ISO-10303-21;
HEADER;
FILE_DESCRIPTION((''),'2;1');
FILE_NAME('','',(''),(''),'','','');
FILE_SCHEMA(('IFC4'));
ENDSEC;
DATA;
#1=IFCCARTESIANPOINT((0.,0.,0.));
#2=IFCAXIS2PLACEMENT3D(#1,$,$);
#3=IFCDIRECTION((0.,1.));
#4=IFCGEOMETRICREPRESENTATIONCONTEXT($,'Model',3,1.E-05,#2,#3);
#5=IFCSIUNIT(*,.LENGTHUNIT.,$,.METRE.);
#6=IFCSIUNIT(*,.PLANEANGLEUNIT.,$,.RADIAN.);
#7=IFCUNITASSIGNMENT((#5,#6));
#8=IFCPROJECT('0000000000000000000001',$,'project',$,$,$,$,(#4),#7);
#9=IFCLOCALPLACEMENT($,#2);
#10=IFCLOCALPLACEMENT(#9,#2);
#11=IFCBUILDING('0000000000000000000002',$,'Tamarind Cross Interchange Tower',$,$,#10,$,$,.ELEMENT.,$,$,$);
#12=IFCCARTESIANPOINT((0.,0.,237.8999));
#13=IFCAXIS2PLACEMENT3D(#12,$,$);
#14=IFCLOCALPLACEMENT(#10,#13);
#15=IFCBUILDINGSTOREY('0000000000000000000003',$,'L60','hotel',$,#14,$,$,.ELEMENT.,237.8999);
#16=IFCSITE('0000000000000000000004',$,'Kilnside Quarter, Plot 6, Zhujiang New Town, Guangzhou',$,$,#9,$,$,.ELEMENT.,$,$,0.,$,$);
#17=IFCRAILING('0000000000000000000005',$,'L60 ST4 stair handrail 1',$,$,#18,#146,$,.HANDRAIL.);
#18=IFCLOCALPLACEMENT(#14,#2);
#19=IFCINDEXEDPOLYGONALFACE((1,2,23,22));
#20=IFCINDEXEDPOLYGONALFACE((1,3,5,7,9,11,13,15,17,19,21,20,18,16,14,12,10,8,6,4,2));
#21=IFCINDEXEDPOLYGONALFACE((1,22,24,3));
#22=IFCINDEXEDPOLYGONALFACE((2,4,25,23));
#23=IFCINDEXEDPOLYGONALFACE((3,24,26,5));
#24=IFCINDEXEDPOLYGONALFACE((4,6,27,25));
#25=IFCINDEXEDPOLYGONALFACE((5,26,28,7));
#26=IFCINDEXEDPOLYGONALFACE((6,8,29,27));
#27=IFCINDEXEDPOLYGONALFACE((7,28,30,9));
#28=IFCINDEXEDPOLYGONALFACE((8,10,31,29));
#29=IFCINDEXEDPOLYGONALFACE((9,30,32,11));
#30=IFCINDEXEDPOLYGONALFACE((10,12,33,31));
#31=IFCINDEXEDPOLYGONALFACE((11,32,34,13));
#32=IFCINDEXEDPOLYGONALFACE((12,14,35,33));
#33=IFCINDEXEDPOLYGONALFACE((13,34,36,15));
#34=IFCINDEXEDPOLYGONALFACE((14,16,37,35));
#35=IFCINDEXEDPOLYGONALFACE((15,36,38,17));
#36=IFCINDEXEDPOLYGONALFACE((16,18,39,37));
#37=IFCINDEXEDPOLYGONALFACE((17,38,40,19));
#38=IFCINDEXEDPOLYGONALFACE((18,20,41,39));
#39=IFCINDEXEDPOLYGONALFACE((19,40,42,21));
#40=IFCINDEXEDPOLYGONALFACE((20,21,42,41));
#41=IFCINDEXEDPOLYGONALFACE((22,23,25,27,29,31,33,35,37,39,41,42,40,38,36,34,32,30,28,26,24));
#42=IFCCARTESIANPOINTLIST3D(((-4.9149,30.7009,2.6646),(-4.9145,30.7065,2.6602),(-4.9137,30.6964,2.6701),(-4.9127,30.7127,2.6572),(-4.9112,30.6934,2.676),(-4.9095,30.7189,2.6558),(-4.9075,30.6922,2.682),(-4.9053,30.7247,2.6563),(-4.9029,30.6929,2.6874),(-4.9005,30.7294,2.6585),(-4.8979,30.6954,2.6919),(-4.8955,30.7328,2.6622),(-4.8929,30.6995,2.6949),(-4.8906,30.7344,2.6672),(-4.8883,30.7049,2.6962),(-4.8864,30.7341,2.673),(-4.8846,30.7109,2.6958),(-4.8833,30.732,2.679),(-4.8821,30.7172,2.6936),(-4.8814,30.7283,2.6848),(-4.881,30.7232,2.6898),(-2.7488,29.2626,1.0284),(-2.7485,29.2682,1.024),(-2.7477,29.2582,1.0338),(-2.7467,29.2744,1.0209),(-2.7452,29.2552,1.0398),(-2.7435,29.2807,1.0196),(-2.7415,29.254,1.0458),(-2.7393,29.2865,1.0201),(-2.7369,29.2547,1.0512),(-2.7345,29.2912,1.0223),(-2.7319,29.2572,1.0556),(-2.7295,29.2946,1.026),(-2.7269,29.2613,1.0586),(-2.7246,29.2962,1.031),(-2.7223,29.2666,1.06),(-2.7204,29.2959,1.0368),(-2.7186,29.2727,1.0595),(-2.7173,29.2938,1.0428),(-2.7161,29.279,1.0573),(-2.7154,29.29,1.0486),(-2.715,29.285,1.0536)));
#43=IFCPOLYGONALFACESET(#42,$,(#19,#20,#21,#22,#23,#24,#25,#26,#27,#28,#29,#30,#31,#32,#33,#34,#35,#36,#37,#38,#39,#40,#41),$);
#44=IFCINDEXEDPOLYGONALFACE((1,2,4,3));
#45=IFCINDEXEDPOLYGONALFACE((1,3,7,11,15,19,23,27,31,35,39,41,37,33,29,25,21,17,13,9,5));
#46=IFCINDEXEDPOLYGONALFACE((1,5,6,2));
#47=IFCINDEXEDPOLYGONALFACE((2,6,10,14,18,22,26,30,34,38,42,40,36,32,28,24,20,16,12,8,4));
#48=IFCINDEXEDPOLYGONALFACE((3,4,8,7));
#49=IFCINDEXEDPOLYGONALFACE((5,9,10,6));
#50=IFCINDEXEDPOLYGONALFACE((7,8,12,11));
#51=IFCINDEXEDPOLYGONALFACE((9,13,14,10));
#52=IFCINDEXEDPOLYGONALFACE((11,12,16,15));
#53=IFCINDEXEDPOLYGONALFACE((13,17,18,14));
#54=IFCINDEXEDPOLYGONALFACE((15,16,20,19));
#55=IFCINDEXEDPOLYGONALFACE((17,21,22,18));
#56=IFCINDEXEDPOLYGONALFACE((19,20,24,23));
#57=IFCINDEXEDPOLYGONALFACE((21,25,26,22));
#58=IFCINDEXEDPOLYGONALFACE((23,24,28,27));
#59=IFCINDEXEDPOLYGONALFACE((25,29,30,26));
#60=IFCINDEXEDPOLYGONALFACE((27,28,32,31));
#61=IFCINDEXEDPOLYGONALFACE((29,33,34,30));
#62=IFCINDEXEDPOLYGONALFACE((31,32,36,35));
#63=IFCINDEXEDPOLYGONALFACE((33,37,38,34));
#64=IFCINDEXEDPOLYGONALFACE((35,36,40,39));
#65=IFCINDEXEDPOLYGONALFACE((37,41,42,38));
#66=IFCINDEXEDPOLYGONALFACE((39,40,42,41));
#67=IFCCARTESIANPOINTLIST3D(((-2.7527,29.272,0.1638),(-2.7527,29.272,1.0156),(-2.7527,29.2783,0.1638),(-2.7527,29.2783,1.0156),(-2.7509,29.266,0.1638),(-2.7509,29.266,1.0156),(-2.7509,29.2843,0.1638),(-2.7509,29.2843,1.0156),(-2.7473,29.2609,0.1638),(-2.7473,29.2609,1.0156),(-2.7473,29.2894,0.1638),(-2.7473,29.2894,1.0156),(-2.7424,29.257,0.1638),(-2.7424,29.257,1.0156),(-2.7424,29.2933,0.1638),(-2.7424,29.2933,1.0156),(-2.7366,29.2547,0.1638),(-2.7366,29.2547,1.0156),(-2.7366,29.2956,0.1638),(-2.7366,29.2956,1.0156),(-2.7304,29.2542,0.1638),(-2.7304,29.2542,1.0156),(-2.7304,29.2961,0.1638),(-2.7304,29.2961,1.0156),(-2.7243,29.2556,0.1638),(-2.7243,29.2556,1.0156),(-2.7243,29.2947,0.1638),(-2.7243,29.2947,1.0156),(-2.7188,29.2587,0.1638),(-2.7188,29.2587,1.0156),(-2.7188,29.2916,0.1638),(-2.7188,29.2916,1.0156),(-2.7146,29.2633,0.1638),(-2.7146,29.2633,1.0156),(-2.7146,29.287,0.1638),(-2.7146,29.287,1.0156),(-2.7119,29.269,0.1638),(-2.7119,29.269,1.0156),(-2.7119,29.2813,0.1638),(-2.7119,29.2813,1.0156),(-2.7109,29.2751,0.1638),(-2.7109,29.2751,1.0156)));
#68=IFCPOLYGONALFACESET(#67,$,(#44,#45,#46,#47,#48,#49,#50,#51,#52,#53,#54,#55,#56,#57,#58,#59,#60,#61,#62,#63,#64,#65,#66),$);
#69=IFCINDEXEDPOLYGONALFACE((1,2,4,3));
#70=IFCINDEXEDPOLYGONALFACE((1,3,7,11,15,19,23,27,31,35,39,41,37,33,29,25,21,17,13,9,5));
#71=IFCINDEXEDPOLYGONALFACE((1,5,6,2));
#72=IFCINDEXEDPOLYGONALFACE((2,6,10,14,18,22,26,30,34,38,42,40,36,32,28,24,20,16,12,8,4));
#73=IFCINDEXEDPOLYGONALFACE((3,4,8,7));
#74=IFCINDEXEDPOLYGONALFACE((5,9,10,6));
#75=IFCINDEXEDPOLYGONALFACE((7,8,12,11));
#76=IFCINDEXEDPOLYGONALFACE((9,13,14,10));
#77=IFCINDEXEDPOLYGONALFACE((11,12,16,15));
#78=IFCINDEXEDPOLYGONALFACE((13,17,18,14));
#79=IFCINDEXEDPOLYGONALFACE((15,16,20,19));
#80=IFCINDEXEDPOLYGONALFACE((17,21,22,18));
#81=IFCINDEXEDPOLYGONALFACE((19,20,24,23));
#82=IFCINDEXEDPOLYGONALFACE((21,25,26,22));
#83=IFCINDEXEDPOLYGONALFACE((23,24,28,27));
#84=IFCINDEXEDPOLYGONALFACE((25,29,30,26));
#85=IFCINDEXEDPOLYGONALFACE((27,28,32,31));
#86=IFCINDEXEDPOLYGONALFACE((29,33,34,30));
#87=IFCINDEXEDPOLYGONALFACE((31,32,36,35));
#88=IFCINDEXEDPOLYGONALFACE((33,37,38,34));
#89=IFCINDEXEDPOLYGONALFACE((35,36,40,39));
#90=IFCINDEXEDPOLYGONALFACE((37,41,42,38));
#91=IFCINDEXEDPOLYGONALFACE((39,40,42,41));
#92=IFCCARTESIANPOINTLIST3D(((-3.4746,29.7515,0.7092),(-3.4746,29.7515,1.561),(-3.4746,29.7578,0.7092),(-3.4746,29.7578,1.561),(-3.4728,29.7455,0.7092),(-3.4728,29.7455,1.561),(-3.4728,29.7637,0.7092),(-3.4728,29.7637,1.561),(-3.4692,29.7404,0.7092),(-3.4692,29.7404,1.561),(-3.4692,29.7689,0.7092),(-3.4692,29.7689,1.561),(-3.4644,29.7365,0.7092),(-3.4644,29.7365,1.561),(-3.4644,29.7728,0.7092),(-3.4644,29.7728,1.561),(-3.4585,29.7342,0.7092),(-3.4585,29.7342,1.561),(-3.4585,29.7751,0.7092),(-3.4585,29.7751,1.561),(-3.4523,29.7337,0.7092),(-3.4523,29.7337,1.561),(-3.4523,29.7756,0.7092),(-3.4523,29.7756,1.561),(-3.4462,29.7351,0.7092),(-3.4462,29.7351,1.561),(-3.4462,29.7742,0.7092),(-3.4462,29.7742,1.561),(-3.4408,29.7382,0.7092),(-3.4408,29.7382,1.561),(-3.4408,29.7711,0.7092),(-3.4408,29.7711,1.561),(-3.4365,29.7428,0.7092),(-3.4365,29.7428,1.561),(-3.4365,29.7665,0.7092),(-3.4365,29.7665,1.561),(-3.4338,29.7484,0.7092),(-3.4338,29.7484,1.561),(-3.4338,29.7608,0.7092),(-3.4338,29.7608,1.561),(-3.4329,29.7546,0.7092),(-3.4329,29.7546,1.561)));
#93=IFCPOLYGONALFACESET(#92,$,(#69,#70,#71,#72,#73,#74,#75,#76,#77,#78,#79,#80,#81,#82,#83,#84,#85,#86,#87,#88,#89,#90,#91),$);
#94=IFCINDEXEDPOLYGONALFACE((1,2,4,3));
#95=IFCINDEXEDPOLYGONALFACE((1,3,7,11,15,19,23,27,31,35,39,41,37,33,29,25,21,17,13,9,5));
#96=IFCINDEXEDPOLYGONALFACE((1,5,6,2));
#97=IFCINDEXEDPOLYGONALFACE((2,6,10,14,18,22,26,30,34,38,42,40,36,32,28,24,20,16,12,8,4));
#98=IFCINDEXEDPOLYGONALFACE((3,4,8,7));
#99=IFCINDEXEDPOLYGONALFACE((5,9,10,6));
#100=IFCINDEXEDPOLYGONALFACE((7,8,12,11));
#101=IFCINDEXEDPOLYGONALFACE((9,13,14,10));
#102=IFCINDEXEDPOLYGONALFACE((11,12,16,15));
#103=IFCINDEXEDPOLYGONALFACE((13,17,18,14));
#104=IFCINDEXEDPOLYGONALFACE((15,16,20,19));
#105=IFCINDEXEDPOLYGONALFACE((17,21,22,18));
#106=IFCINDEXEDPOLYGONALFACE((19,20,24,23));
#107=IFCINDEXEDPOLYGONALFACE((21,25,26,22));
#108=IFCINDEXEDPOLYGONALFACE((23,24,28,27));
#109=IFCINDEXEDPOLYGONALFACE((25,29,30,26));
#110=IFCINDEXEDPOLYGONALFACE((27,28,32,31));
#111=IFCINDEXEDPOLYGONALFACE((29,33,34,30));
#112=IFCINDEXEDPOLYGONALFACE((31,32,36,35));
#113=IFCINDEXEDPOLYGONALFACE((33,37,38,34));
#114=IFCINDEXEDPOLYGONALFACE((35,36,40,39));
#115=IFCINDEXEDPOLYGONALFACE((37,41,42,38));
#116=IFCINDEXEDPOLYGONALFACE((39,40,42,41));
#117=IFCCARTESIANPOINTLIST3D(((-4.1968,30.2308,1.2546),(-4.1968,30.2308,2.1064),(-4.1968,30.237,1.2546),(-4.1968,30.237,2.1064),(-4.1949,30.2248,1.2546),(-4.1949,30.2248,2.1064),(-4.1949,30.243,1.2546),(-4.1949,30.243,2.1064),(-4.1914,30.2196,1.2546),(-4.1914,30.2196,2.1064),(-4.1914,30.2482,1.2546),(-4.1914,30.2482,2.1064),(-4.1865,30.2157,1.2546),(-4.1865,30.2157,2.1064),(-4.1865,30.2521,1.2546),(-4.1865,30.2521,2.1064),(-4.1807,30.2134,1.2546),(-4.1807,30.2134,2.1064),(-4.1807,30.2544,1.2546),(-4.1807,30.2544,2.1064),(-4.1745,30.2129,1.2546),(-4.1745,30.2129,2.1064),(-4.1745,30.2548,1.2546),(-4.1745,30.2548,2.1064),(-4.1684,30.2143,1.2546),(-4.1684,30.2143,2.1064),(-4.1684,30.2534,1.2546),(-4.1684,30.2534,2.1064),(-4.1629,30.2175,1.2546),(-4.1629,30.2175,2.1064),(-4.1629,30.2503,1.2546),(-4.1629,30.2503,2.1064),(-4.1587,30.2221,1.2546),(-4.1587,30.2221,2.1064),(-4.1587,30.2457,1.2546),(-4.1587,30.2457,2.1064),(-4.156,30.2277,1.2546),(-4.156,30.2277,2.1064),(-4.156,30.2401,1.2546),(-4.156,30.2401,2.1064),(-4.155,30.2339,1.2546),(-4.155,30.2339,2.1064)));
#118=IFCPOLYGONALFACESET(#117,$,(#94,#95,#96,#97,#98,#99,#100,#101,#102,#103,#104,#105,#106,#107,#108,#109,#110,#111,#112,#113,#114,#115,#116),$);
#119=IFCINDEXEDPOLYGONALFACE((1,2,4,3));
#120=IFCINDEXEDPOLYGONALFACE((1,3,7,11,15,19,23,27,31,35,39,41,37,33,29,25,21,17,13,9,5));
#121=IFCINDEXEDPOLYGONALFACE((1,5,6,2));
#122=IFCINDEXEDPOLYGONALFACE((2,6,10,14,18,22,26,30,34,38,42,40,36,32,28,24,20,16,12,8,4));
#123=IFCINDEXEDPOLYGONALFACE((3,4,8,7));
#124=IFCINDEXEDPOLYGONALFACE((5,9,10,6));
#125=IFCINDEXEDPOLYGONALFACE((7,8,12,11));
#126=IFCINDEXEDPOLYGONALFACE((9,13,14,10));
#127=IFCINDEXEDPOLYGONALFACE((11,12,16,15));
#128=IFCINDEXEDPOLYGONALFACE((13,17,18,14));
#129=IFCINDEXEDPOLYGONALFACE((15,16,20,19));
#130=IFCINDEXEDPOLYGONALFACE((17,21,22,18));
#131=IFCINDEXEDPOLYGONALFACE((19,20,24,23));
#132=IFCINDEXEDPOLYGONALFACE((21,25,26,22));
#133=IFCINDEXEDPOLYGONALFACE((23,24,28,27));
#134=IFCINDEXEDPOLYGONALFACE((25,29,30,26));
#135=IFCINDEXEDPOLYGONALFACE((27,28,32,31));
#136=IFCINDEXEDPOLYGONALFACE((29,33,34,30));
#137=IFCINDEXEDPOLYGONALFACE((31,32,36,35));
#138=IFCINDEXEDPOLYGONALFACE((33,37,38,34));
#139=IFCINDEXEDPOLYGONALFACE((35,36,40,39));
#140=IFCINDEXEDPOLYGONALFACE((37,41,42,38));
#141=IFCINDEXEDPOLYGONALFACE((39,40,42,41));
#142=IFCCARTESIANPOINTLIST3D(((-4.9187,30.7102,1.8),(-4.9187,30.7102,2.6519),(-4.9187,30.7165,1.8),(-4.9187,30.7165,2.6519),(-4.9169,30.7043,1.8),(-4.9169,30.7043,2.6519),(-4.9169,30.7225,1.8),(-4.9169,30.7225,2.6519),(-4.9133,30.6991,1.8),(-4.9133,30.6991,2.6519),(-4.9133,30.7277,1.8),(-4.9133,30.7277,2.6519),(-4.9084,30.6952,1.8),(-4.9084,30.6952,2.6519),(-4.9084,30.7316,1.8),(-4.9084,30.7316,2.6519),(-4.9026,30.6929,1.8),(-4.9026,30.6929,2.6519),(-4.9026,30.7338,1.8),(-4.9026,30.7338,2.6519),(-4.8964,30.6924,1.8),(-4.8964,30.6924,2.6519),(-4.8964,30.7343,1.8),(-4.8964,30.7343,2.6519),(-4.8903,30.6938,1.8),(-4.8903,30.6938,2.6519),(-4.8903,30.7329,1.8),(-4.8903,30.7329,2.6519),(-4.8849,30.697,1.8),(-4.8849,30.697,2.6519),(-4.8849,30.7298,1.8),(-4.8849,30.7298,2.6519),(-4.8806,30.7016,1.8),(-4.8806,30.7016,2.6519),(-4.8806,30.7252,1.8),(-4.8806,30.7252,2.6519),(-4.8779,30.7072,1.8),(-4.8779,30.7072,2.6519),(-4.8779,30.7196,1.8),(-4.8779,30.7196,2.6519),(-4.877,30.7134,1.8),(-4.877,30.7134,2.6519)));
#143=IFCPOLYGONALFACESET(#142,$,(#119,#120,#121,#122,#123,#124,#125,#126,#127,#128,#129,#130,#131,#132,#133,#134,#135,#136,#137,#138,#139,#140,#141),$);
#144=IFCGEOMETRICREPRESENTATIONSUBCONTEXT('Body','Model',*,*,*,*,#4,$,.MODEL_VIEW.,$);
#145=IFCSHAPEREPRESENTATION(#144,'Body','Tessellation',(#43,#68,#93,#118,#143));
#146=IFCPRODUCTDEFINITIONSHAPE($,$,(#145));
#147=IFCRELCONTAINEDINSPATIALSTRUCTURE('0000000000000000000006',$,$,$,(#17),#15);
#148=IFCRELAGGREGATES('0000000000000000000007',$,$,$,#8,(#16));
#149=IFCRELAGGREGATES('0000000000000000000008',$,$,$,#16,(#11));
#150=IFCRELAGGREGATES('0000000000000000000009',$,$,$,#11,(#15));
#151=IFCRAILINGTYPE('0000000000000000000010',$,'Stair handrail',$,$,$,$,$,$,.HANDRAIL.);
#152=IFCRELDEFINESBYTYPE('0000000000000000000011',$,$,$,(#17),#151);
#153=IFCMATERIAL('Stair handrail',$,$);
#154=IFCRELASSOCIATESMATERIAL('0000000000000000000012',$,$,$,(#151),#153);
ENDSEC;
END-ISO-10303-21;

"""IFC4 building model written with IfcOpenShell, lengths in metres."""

from ifc_helpers import new_model, si_unit, direction, frame, origin, origin_2d, place, context, subcontext, project, spatial, circle, extrude, material, type_object, element, save


model = new_model("IFC4")

# Units and contexts
model_context = context("Model", 3, precision=1e-05, world=origin(), true_north=direction((0.0, 1.0)))
body_context = subcontext(model_context, "Body", "Model", "MODEL_VIEW")
ifc_project = project(units=[si_unit("LENGTHUNIT", "METRE"), si_unit("PLANEANGLEUNIT", "RADIAN")], contexts=[model_context])

# Site, building, storey
site_placement = place(None, origin())
site = spatial("IfcSite", under=ifc_project, at=site_placement, Name="Kilnside Quarter, Plot 6, Zhujiang New Town, Guangzhou", CompositionType="ELEMENT", RefElevation=0.0)
building_placement = place(site_placement, origin())
building = spatial("IfcBuilding", under=site, at=building_placement, Name="Tamarind Cross Interchange Tower", CompositionType="ELEMENT")
storey_placement = place(building_placement, frame((0.0, 0.0, 237.8999)))
storey = spatial("IfcBuildingStorey", under=building, at=storey_placement, Name="L60", Description="hotel", CompositionType="ELEMENT", Elevation=237.8999)

# Railing
ifc_material_1 = material(Name="Stair handrail")
railing_type_1 = type_object("IfcRailingType", Name="Stair handrail", PredefinedType="HANDRAIL", material=ifc_material_1)
railing_1_placement = place(storey_placement, frame((-2.7319, 29.2751, 0.1638)))
element("IfcRailing", 1, at=railing_1_placement, inside=storey, type_object=railing_type_1, Name="L60 ST4 stair handrail 1", PredefinedType="HANDRAIL", context=body_context, shape_type="SweptSolid", body=[
    extrude(circle(Radius=0.0239, at=origin_2d()), frame((0.0, 0.0, 0.876), z_axis=(-0.705076, 0.46817, 0.532621), x_axis=(-0.553161, -0.833075, 0.0)), (0.0, 0.0, 1.0), 3.072),
    extrude(circle(Radius=0.021, at=origin_2d()), origin(), (0.0, 0.0, 1.0), 0.8518),
    extrude(circle(Radius=0.021, at=origin_2d()), frame((-0.7219, 0.4795, 0.5454)), (0.0, 0.0, 1.0), 0.8518),
    extrude(circle(Radius=0.021, at=origin_2d()), frame((-1.4441, 0.9587, 1.0908)), (0.0, 0.0, 1.0), 0.8518),
    extrude(circle(Radius=0.021, at=origin_2d()), frame((-2.166, 1.4382, 1.6362)), (0.0, 0.0, 1.0), 0.8518),
])

save(model, "model.ifc")
